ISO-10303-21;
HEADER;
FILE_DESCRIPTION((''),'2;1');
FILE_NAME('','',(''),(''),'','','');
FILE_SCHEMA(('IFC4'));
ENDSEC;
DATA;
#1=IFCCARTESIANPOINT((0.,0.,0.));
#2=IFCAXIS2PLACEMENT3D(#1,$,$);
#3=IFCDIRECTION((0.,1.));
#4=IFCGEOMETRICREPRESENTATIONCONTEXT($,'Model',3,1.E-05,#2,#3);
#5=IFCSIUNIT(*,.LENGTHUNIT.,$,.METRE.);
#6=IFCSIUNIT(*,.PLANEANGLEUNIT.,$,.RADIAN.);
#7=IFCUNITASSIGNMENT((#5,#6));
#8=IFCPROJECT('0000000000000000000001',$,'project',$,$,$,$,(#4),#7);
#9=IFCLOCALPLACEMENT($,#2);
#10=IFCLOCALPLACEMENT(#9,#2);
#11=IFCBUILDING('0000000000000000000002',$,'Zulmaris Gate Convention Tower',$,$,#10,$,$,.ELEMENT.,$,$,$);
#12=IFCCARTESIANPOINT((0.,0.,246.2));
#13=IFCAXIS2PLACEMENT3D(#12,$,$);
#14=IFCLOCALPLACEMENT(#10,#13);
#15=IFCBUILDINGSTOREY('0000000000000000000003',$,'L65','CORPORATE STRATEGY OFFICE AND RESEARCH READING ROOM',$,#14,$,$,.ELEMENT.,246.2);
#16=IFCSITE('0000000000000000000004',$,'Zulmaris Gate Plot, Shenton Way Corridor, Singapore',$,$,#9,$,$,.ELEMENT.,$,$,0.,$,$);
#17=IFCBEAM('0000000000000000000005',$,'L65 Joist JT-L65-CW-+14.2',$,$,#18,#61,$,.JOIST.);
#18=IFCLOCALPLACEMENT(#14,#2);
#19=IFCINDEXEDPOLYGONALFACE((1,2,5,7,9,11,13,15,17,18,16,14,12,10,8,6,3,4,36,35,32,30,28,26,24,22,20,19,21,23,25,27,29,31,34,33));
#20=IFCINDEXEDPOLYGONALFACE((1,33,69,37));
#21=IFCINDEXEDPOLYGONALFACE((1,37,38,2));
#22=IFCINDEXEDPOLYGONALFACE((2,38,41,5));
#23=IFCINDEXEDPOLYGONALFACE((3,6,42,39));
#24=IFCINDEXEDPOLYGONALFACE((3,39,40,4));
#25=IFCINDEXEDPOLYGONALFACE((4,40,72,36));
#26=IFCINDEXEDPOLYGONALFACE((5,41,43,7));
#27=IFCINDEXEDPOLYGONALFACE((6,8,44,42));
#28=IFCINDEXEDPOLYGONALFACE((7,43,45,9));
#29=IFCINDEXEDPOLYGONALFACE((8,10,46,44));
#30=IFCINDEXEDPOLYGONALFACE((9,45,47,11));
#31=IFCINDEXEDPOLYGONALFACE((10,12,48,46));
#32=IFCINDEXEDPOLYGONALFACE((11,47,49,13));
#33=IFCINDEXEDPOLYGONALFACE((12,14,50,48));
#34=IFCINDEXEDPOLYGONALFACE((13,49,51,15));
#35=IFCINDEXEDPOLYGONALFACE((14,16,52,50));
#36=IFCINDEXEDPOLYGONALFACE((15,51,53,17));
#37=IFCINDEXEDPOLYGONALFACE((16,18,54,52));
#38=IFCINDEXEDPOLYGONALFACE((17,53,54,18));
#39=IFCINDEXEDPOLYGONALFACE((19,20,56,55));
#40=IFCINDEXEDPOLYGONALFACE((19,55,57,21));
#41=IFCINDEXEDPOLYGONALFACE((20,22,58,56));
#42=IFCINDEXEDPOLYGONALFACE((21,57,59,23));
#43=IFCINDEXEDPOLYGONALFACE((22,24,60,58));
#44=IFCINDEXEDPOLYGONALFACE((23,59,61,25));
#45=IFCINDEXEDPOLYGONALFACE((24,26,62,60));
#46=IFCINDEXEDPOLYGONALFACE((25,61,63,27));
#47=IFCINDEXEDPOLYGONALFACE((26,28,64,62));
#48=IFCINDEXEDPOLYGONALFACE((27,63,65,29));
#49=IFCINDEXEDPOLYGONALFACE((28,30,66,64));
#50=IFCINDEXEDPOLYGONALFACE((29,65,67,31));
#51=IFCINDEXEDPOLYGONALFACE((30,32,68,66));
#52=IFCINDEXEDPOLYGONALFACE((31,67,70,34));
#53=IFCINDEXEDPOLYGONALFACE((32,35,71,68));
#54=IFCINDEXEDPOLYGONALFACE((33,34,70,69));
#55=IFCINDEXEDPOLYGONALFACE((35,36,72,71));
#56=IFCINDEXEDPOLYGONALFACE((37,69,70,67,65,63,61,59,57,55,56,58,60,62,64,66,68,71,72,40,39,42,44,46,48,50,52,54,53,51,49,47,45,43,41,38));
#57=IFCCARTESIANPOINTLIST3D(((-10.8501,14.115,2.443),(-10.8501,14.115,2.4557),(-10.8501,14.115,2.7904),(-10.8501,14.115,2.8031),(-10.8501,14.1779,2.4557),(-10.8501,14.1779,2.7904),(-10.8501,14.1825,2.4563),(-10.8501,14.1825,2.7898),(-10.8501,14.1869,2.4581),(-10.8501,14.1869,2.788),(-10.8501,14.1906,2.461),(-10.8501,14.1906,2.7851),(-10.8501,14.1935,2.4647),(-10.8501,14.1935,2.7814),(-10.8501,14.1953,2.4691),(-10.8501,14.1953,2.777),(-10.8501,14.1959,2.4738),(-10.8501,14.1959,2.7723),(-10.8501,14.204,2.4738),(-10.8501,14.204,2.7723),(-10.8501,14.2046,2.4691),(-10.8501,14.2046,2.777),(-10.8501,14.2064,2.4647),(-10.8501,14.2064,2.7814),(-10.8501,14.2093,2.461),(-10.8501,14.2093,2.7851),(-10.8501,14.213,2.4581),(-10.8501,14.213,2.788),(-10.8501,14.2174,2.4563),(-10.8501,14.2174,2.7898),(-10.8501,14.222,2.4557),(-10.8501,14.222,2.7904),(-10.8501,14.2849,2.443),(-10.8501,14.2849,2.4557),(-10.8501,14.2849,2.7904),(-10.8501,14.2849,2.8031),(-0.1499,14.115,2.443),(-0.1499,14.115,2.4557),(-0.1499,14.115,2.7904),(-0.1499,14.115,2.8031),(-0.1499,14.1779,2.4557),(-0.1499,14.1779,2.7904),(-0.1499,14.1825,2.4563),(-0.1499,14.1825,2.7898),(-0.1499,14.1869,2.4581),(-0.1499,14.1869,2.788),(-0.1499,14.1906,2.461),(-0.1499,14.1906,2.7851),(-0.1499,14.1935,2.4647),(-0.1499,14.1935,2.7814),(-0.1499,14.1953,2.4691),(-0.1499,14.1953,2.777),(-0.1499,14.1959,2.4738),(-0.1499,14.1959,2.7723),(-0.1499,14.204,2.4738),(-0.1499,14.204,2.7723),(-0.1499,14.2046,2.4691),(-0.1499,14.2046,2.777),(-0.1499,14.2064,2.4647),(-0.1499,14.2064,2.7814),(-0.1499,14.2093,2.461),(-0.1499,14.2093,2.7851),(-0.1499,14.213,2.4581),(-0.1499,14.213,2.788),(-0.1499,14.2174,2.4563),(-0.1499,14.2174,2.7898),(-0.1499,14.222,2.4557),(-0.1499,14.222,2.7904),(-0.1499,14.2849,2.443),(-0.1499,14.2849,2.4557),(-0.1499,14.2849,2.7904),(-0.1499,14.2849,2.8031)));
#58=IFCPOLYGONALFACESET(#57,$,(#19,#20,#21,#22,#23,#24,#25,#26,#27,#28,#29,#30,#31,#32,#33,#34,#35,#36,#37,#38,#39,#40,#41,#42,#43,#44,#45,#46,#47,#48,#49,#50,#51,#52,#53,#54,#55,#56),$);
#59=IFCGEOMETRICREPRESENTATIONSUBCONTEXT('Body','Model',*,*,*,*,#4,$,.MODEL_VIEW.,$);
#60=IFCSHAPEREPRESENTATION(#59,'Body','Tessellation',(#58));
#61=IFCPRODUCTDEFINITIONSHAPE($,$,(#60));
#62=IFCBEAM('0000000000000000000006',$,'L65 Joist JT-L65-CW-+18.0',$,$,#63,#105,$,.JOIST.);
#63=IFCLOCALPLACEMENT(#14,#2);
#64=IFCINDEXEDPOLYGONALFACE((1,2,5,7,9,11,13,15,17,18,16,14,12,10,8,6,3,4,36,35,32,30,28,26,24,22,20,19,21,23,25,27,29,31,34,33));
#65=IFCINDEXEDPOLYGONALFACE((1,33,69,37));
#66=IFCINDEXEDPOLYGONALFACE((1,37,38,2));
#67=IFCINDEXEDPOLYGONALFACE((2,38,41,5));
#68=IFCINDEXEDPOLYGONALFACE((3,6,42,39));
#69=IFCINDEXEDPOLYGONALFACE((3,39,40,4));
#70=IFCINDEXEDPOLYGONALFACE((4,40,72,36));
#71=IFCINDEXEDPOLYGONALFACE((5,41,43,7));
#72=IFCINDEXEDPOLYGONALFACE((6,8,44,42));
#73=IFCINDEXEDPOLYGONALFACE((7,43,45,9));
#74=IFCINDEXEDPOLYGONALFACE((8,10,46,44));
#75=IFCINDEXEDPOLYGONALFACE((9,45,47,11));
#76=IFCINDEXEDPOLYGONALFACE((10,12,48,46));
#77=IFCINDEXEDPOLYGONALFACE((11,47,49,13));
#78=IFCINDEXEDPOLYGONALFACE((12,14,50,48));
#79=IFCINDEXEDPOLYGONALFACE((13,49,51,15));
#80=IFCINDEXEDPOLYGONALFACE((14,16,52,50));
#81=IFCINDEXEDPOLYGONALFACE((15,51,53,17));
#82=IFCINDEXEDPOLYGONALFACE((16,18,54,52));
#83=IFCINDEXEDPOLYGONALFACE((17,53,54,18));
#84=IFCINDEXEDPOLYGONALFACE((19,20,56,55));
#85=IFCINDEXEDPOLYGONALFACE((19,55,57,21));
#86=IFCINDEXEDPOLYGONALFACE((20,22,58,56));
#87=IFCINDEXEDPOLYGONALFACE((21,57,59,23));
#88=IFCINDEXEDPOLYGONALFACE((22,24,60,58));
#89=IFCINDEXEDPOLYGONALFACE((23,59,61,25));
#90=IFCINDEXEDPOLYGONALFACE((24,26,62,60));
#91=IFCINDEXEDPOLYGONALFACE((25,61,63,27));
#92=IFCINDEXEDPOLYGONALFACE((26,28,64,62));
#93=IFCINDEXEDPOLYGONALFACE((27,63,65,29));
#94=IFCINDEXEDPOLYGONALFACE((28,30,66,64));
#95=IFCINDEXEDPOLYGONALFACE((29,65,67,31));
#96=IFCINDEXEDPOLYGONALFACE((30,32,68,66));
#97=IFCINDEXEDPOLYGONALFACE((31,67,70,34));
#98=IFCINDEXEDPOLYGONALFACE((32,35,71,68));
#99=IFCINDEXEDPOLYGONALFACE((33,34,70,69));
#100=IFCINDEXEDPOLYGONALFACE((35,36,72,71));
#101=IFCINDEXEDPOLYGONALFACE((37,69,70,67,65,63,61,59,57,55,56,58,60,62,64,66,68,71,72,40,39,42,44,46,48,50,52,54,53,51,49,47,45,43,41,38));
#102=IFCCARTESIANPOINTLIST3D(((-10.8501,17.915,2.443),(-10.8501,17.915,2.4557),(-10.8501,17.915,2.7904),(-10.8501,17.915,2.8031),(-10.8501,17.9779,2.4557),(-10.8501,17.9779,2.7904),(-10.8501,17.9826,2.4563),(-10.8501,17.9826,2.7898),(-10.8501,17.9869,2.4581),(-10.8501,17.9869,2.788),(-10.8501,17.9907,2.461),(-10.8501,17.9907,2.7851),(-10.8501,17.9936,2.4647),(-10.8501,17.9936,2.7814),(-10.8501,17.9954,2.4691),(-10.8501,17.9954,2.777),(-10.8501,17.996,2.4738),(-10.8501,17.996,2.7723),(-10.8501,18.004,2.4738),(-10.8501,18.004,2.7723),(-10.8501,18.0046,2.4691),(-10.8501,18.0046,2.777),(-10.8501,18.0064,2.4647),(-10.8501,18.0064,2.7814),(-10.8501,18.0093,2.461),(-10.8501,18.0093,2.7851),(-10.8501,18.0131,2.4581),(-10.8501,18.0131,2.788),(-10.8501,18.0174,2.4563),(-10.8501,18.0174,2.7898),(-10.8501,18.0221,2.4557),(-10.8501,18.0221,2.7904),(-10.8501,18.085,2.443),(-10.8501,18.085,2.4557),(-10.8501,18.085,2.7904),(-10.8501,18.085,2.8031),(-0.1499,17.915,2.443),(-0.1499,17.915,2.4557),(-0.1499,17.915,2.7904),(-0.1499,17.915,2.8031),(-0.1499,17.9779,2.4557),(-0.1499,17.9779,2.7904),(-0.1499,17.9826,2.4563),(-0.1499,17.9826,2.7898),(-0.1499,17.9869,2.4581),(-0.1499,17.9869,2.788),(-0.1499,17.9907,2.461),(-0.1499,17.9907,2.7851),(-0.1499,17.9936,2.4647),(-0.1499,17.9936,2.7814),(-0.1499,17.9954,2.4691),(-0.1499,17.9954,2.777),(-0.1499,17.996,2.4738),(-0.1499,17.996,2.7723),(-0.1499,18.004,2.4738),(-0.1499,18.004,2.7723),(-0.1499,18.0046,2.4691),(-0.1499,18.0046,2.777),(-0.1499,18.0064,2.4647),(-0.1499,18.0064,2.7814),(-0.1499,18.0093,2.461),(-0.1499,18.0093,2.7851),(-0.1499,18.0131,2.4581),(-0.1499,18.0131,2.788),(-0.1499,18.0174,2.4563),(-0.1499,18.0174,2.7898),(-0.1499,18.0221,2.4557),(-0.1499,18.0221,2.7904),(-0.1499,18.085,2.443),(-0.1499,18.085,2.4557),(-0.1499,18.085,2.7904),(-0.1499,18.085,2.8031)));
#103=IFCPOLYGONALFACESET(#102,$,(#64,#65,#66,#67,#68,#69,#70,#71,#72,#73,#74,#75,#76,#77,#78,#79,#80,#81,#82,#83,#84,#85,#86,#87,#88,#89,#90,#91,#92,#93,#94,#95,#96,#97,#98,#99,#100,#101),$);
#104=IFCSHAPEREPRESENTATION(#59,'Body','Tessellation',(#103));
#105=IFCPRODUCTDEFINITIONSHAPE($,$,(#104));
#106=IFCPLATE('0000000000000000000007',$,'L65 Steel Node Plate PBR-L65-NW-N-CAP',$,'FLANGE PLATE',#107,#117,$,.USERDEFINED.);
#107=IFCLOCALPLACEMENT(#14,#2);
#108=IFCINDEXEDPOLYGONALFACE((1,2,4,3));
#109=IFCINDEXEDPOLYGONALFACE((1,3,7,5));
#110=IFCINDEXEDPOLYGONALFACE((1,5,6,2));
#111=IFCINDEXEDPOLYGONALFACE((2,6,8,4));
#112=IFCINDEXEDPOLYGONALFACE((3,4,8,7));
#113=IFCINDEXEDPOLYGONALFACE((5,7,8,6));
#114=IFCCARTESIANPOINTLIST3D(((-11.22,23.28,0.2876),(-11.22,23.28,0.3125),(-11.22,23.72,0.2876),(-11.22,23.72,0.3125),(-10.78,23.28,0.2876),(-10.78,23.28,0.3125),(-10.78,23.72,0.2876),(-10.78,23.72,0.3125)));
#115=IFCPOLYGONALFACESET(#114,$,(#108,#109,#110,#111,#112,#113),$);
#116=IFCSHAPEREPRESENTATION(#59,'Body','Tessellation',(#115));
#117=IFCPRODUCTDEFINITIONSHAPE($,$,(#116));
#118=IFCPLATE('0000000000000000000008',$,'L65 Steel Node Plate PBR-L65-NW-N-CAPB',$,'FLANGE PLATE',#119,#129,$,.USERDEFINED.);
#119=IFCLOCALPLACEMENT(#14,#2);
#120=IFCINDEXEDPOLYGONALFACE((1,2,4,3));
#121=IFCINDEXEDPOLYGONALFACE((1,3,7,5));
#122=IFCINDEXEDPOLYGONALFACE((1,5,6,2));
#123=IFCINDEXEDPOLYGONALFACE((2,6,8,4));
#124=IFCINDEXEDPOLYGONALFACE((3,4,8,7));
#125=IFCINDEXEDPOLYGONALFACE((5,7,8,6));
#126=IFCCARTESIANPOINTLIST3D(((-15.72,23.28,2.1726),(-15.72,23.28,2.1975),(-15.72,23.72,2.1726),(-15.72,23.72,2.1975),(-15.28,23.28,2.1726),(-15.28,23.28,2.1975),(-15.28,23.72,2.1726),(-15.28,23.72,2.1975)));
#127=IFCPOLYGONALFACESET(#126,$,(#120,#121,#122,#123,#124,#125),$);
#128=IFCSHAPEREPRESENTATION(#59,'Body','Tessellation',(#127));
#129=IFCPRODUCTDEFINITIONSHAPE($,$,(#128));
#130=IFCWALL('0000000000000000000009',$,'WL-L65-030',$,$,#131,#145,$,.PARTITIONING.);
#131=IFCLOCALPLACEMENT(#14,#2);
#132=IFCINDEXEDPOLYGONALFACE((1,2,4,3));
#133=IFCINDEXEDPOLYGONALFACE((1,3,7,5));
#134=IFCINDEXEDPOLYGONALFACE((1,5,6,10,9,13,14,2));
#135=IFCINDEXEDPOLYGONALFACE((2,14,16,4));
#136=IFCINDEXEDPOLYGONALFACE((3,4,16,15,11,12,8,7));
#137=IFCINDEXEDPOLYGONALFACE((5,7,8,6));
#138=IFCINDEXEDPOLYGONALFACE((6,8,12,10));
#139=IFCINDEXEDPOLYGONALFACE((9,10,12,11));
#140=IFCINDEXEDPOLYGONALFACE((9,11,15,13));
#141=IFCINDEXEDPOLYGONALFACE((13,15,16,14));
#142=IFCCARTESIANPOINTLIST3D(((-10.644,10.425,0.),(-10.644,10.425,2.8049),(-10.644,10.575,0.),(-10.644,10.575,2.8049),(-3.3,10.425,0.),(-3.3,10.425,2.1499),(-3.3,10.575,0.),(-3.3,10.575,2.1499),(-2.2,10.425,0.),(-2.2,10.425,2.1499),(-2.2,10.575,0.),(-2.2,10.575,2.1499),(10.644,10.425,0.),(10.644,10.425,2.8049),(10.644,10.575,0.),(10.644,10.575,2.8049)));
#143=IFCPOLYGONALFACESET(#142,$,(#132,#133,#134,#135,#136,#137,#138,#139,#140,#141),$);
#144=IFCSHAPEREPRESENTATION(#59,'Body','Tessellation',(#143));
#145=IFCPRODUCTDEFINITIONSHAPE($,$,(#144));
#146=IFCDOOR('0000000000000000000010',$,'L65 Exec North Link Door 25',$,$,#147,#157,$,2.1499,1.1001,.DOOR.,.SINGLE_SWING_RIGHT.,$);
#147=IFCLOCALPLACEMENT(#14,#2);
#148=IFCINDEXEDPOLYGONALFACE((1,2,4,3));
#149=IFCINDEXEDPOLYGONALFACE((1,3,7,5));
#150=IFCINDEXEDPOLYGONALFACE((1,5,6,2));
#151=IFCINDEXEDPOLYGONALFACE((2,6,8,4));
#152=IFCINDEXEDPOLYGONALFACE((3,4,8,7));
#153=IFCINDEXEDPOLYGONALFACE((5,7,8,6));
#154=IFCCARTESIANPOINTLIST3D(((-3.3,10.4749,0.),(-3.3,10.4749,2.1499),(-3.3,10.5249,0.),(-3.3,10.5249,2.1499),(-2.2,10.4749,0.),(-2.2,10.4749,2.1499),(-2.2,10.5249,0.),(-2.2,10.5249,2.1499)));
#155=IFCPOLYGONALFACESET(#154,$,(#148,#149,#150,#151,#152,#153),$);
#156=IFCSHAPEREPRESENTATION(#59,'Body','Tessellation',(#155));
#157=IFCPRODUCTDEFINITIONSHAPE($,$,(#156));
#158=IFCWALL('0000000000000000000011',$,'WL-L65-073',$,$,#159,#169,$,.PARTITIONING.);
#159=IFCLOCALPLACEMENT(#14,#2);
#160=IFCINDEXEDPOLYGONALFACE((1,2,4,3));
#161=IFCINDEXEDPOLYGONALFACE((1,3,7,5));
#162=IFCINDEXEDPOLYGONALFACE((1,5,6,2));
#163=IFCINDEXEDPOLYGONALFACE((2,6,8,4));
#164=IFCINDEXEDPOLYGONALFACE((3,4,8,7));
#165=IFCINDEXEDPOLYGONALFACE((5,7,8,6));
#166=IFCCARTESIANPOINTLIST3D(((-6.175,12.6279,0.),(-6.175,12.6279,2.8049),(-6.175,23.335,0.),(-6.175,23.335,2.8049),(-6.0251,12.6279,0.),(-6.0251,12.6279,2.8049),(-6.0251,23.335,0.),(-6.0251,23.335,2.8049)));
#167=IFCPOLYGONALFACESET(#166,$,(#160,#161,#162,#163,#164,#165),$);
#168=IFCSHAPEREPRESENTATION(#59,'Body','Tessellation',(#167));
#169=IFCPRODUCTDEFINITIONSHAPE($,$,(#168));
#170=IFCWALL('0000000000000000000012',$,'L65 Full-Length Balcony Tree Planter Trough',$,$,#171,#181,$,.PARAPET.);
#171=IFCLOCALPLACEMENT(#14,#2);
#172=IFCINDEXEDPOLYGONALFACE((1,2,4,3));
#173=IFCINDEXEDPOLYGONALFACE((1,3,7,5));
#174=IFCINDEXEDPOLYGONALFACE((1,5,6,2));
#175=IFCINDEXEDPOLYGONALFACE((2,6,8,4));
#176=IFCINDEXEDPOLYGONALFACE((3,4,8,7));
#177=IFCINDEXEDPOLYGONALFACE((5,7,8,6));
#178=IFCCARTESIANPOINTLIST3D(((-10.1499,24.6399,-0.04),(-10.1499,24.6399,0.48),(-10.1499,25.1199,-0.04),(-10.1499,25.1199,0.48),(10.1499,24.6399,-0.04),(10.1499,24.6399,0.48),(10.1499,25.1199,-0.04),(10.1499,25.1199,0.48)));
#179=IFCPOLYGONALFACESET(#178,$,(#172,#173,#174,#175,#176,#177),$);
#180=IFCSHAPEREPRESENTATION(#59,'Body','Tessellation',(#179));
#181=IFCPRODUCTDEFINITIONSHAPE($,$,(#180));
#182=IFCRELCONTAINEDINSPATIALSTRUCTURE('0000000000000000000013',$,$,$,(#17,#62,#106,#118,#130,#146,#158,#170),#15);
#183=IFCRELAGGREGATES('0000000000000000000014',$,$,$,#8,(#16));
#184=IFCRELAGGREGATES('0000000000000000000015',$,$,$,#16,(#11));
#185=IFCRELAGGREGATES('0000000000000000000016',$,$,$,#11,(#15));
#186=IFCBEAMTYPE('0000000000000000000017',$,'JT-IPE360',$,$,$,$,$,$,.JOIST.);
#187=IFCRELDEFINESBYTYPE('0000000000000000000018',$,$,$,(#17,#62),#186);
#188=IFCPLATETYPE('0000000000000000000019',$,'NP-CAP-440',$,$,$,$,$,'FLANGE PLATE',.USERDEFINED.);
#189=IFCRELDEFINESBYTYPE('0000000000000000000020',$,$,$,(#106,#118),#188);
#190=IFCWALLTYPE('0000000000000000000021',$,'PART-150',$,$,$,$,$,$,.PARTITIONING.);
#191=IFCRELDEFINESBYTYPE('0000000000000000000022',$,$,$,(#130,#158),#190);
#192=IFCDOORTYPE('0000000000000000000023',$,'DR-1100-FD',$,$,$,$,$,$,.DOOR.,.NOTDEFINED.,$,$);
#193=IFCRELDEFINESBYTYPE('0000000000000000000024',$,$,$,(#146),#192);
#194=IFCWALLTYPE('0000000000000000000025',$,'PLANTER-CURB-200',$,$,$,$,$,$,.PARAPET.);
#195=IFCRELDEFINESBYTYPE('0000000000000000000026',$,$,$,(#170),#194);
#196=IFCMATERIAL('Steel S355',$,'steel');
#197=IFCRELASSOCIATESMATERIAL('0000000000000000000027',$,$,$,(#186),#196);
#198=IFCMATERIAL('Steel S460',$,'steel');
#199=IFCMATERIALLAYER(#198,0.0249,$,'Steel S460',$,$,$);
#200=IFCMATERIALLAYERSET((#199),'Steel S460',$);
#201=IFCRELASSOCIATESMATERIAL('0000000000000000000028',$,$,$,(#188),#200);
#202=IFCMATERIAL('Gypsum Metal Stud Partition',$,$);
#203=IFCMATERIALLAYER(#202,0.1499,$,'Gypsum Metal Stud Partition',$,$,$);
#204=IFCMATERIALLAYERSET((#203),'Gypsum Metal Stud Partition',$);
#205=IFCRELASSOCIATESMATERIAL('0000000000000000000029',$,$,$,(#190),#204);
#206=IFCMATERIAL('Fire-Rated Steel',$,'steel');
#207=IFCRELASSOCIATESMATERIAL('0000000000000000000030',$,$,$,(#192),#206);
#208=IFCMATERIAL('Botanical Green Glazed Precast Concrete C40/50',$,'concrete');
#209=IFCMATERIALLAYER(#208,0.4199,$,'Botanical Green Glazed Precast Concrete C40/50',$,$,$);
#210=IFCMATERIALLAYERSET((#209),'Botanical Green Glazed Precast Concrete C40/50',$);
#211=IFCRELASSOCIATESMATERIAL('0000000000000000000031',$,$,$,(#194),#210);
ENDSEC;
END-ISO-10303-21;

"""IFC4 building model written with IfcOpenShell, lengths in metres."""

from ifc_helpers import new_model, si_unit, direction, frame, frame_2d, origin, origin_2d, place, context, subcontext, project, spatial, rectangle, i_section, extrude, material, layer, layer_set, material_profile, profile_set, type_object, element, fill, save


model = new_model("IFC4")

# Units and contexts
model_context = context("Model", 3, precision=1e-05, world=origin(), true_north=direction((0.0, 1.0)))
body_context = subcontext(model_context, "Body", "Model", "MODEL_VIEW")
ifc_project = project(units=[si_unit("LENGTHUNIT", "METRE"), si_unit("PLANEANGLEUNIT", "RADIAN")], contexts=[model_context])

# Site, building, storey
site_placement = place(None, origin())
site = spatial("IfcSite", under=ifc_project, at=site_placement, Name="Zulmaris Gate Plot, Shenton Way Corridor, Singapore", CompositionType="ELEMENT", RefElevation=0.0)
building_placement = place(site_placement, origin())
building = spatial("IfcBuilding", under=site, at=building_placement, Name="Zulmaris Gate Convention Tower", CompositionType="ELEMENT")
storey_placement = place(building_placement, frame((0.0, 0.0, 246.2)))
storey = spatial("IfcBuildingStorey", under=building, at=storey_placement, Name="L65", Description="CORPORATE STRATEGY OFFICE AND RESEARCH READING ROOM", CompositionType="ELEMENT", Elevation=246.2)

# Shared definitions
ifc_material_1 = material(Name="Steel S355", Category="steel")

# Beams
ifc_material_profile_1 = material_profile(ifc_material_1, i_section(OverallWidth=0.1699, OverallDepth=0.3601, WebThickness=0.0081, FlangeThickness=0.0127, FilletRadius=0.0181, at=origin_2d()), Name="IPE 360")
ifc_profile_set_1 = profile_set([ifc_material_profile_1], Name="Steel S355")
beam_type_1 = type_object("IfcBeamType", Name="JT-IPE360", PredefinedType="JOIST", material=ifc_profile_set_1)
for number, where, z_axis, x_axis, name in (
    (1, (-10.8501, 14.2, 2.623), (1.0, 0.0, 0.0), (0.0, 1.0, 0.0), "L65 Joist JT-L65-CW-+14.2"),
    (2, (-10.8501, 18.0, 2.623), (1.0, 0.0, 0.0), (0.0, 1.0, 0.0), "L65 Joist JT-L65-CW-+18.0"),
):
    element("IfcBeam", number, at=place(storey_placement, frame(where, z_axis=z_axis, x_axis=x_axis)), inside=storey, type_object=beam_type_1, Name=name, PredefinedType="JOIST", context=body_context, shape_type="SweptSolid", body=[
        extrude(i_section(OverallWidth=0.1699, OverallDepth=0.3601, WebThickness=0.0081, FlangeThickness=0.0127, FilletRadius=0.0181, at=origin_2d()), origin(), (0.0, 0.0, 1.0), 10.7002),
    ])

# Plates
ifc_material_2 = material(Name="Steel S460", Category="steel")
ifc_layer_1 = layer(ifc_material_2, 0.0249, Name="Steel S460")
ifc_layer_set_1 = layer_set([ifc_layer_1], Name="Steel S460")
plate_type = type_object("IfcPlateType", Name="NP-CAP-440", ElementType="FLANGE PLATE", PredefinedType="USERDEFINED", material=ifc_layer_set_1)
for number, where, z_axis, x_axis, name in (
    (3, (-11.0, 23.5, 0.2876), (0.0, 0.0, 1.0), (1.0, 0.0, 0.0), "L65 Steel Node Plate PBR-L65-NW-N-CAP"),
    (4, (-15.5, 23.5, 2.1726), (0.0, 0.0, 1.0), (1.0, 0.0, 0.0), "L65 Steel Node Plate PBR-L65-NW-N-CAPB"),
):
    element("IfcPlate", number, at=place(storey_placement, frame(where, z_axis=z_axis, x_axis=x_axis)), inside=storey, type_object=plate_type, Name=name, ObjectType="FLANGE PLATE", PredefinedType="USERDEFINED", context=body_context, shape_type="SweptSolid", body=[
        extrude(rectangle(XDim=0.4399, YDim=0.4399, at=origin_2d()), origin(), (0.0, 0.0, 1.0), 0.0249),
    ])

# Wall, opening, door
ifc_material_3 = material(Name="Gypsum Metal Stud Partition")
ifc_layer_2 = layer(ifc_material_3, 0.1499, Name="Gypsum Metal Stud Partition")
ifc_layer_set_2 = layer_set([ifc_layer_2], Name="Gypsum Metal Stud Partition")
wall_type_1 = type_object("IfcWallType", Name="PART-150", PredefinedType="PARTITIONING", material=ifc_layer_set_2)
wall_1_placement = place(storey_placement, frame((-10.644, 10.5, 0.0), z_axis=(0.0, 0.0, 1.0), x_axis=(1.0, 0.0, 0.0)))
wall_1 = element("IfcWall", 5, at=wall_1_placement, inside=storey, type_object=wall_type_1, Name="WL-L65-030", PredefinedType="PARTITIONING", context=body_context, shape_type="SweptSolid", body=[
    extrude(rectangle(XDim=21.2881, YDim=0.1499, at=frame_2d((10.644, 0.0))), origin(), (0.0, 0.0, 1.0), 2.8049),
])
opening_1_placement = place(wall_1_placement, frame((7.344, 0.0, 0.0)))
opening_1 = element("IfcOpeningElement", 6, at=opening_1_placement, cuts=wall_1, PredefinedType="OPENING", context=body_context, shape_type="SweptSolid", body=[
    extrude(rectangle(XDim=1.1001, YDim=2.1499, at=frame_2d((0.55, 1.075))), frame((0.0, 0.085, 0.0), z_axis=(0.0, -1.0, 0.0), x_axis=(1.0, 0.0, 0.0)), (0.0, 0.0, 1.0), 0.1699),
])
ifc_material_4 = material(Name="Fire-Rated Steel", Category="steel")
door_type_1 = type_object("IfcDoorType", Name="DR-1100-FD", OperationType="NOTDEFINED", PredefinedType="DOOR", material=ifc_material_4)
door_1_placement = place(opening_1_placement, origin())
door_1 = element("IfcDoor", 7, at=door_1_placement, inside=storey, type_object=door_type_1, Name="L65 Exec North Link Door 25", OperationType="SINGLE_SWING_RIGHT", OverallHeight=2.1499, OverallWidth=1.1001, PredefinedType="DOOR", context=body_context, shape_type="SweptSolid", body=[
    extrude(rectangle(XDim=1.1001, YDim=2.1499, at=frame_2d((0.55, 1.075))), frame((0.0, 0.0249, 0.0), z_axis=(0.0, -1.0, 0.0), x_axis=(1.0, 0.0, 0.0)), (0.0, 0.0, 1.0), 0.05),
])
fill(opening_1, door_1)

# Walls
wall_2_placement = place(storey_placement, frame((-6.1001, 12.6279, 0.0), z_axis=(0.0, 0.0, 1.0), x_axis=(0.0, 1.0, 0.0)))
element("IfcWall", 8, at=wall_2_placement, inside=storey, type_object=wall_type_1, Name="WL-L65-073", PredefinedType="PARTITIONING", context=body_context, shape_type="SweptSolid", body=[
    extrude(rectangle(XDim=10.707, YDim=0.1499, at=frame_2d((5.3535, 0.0))), origin(), (0.0, 0.0, 1.0), 2.8049),
])
ifc_material_5 = material(Name="Botanical Green Glazed Precast Concrete C40/50", Category="concrete")
ifc_layer_3 = layer(ifc_material_5, 0.4199, Name="Botanical Green Glazed Precast Concrete C40/50")
ifc_layer_set_3 = layer_set([ifc_layer_3], Name="Botanical Green Glazed Precast Concrete C40/50")
wall_type_2 = type_object("IfcWallType", Name="PLANTER-CURB-200", PredefinedType="PARAPET", material=ifc_layer_set_3)
wall_3_placement = place(storey_placement, frame((-10.1499, 24.8799, -0.04), z_axis=(0.0, 0.0, 1.0), x_axis=(1.0, 0.0, 0.0)))
element("IfcWall", 9, at=wall_3_placement, inside=storey, type_object=wall_type_2, Name="L65 Full-Length Balcony Tree Planter Trough", PredefinedType="PARAPET", context=body_context, shape_type="SweptSolid", body=[
    extrude(rectangle(XDim=20.2998, YDim=0.48, at=frame_2d((10.1499, 0.0))), origin(), (0.0, 0.0, 1.0), 0.52),
])

save(model, "model.ifc")
